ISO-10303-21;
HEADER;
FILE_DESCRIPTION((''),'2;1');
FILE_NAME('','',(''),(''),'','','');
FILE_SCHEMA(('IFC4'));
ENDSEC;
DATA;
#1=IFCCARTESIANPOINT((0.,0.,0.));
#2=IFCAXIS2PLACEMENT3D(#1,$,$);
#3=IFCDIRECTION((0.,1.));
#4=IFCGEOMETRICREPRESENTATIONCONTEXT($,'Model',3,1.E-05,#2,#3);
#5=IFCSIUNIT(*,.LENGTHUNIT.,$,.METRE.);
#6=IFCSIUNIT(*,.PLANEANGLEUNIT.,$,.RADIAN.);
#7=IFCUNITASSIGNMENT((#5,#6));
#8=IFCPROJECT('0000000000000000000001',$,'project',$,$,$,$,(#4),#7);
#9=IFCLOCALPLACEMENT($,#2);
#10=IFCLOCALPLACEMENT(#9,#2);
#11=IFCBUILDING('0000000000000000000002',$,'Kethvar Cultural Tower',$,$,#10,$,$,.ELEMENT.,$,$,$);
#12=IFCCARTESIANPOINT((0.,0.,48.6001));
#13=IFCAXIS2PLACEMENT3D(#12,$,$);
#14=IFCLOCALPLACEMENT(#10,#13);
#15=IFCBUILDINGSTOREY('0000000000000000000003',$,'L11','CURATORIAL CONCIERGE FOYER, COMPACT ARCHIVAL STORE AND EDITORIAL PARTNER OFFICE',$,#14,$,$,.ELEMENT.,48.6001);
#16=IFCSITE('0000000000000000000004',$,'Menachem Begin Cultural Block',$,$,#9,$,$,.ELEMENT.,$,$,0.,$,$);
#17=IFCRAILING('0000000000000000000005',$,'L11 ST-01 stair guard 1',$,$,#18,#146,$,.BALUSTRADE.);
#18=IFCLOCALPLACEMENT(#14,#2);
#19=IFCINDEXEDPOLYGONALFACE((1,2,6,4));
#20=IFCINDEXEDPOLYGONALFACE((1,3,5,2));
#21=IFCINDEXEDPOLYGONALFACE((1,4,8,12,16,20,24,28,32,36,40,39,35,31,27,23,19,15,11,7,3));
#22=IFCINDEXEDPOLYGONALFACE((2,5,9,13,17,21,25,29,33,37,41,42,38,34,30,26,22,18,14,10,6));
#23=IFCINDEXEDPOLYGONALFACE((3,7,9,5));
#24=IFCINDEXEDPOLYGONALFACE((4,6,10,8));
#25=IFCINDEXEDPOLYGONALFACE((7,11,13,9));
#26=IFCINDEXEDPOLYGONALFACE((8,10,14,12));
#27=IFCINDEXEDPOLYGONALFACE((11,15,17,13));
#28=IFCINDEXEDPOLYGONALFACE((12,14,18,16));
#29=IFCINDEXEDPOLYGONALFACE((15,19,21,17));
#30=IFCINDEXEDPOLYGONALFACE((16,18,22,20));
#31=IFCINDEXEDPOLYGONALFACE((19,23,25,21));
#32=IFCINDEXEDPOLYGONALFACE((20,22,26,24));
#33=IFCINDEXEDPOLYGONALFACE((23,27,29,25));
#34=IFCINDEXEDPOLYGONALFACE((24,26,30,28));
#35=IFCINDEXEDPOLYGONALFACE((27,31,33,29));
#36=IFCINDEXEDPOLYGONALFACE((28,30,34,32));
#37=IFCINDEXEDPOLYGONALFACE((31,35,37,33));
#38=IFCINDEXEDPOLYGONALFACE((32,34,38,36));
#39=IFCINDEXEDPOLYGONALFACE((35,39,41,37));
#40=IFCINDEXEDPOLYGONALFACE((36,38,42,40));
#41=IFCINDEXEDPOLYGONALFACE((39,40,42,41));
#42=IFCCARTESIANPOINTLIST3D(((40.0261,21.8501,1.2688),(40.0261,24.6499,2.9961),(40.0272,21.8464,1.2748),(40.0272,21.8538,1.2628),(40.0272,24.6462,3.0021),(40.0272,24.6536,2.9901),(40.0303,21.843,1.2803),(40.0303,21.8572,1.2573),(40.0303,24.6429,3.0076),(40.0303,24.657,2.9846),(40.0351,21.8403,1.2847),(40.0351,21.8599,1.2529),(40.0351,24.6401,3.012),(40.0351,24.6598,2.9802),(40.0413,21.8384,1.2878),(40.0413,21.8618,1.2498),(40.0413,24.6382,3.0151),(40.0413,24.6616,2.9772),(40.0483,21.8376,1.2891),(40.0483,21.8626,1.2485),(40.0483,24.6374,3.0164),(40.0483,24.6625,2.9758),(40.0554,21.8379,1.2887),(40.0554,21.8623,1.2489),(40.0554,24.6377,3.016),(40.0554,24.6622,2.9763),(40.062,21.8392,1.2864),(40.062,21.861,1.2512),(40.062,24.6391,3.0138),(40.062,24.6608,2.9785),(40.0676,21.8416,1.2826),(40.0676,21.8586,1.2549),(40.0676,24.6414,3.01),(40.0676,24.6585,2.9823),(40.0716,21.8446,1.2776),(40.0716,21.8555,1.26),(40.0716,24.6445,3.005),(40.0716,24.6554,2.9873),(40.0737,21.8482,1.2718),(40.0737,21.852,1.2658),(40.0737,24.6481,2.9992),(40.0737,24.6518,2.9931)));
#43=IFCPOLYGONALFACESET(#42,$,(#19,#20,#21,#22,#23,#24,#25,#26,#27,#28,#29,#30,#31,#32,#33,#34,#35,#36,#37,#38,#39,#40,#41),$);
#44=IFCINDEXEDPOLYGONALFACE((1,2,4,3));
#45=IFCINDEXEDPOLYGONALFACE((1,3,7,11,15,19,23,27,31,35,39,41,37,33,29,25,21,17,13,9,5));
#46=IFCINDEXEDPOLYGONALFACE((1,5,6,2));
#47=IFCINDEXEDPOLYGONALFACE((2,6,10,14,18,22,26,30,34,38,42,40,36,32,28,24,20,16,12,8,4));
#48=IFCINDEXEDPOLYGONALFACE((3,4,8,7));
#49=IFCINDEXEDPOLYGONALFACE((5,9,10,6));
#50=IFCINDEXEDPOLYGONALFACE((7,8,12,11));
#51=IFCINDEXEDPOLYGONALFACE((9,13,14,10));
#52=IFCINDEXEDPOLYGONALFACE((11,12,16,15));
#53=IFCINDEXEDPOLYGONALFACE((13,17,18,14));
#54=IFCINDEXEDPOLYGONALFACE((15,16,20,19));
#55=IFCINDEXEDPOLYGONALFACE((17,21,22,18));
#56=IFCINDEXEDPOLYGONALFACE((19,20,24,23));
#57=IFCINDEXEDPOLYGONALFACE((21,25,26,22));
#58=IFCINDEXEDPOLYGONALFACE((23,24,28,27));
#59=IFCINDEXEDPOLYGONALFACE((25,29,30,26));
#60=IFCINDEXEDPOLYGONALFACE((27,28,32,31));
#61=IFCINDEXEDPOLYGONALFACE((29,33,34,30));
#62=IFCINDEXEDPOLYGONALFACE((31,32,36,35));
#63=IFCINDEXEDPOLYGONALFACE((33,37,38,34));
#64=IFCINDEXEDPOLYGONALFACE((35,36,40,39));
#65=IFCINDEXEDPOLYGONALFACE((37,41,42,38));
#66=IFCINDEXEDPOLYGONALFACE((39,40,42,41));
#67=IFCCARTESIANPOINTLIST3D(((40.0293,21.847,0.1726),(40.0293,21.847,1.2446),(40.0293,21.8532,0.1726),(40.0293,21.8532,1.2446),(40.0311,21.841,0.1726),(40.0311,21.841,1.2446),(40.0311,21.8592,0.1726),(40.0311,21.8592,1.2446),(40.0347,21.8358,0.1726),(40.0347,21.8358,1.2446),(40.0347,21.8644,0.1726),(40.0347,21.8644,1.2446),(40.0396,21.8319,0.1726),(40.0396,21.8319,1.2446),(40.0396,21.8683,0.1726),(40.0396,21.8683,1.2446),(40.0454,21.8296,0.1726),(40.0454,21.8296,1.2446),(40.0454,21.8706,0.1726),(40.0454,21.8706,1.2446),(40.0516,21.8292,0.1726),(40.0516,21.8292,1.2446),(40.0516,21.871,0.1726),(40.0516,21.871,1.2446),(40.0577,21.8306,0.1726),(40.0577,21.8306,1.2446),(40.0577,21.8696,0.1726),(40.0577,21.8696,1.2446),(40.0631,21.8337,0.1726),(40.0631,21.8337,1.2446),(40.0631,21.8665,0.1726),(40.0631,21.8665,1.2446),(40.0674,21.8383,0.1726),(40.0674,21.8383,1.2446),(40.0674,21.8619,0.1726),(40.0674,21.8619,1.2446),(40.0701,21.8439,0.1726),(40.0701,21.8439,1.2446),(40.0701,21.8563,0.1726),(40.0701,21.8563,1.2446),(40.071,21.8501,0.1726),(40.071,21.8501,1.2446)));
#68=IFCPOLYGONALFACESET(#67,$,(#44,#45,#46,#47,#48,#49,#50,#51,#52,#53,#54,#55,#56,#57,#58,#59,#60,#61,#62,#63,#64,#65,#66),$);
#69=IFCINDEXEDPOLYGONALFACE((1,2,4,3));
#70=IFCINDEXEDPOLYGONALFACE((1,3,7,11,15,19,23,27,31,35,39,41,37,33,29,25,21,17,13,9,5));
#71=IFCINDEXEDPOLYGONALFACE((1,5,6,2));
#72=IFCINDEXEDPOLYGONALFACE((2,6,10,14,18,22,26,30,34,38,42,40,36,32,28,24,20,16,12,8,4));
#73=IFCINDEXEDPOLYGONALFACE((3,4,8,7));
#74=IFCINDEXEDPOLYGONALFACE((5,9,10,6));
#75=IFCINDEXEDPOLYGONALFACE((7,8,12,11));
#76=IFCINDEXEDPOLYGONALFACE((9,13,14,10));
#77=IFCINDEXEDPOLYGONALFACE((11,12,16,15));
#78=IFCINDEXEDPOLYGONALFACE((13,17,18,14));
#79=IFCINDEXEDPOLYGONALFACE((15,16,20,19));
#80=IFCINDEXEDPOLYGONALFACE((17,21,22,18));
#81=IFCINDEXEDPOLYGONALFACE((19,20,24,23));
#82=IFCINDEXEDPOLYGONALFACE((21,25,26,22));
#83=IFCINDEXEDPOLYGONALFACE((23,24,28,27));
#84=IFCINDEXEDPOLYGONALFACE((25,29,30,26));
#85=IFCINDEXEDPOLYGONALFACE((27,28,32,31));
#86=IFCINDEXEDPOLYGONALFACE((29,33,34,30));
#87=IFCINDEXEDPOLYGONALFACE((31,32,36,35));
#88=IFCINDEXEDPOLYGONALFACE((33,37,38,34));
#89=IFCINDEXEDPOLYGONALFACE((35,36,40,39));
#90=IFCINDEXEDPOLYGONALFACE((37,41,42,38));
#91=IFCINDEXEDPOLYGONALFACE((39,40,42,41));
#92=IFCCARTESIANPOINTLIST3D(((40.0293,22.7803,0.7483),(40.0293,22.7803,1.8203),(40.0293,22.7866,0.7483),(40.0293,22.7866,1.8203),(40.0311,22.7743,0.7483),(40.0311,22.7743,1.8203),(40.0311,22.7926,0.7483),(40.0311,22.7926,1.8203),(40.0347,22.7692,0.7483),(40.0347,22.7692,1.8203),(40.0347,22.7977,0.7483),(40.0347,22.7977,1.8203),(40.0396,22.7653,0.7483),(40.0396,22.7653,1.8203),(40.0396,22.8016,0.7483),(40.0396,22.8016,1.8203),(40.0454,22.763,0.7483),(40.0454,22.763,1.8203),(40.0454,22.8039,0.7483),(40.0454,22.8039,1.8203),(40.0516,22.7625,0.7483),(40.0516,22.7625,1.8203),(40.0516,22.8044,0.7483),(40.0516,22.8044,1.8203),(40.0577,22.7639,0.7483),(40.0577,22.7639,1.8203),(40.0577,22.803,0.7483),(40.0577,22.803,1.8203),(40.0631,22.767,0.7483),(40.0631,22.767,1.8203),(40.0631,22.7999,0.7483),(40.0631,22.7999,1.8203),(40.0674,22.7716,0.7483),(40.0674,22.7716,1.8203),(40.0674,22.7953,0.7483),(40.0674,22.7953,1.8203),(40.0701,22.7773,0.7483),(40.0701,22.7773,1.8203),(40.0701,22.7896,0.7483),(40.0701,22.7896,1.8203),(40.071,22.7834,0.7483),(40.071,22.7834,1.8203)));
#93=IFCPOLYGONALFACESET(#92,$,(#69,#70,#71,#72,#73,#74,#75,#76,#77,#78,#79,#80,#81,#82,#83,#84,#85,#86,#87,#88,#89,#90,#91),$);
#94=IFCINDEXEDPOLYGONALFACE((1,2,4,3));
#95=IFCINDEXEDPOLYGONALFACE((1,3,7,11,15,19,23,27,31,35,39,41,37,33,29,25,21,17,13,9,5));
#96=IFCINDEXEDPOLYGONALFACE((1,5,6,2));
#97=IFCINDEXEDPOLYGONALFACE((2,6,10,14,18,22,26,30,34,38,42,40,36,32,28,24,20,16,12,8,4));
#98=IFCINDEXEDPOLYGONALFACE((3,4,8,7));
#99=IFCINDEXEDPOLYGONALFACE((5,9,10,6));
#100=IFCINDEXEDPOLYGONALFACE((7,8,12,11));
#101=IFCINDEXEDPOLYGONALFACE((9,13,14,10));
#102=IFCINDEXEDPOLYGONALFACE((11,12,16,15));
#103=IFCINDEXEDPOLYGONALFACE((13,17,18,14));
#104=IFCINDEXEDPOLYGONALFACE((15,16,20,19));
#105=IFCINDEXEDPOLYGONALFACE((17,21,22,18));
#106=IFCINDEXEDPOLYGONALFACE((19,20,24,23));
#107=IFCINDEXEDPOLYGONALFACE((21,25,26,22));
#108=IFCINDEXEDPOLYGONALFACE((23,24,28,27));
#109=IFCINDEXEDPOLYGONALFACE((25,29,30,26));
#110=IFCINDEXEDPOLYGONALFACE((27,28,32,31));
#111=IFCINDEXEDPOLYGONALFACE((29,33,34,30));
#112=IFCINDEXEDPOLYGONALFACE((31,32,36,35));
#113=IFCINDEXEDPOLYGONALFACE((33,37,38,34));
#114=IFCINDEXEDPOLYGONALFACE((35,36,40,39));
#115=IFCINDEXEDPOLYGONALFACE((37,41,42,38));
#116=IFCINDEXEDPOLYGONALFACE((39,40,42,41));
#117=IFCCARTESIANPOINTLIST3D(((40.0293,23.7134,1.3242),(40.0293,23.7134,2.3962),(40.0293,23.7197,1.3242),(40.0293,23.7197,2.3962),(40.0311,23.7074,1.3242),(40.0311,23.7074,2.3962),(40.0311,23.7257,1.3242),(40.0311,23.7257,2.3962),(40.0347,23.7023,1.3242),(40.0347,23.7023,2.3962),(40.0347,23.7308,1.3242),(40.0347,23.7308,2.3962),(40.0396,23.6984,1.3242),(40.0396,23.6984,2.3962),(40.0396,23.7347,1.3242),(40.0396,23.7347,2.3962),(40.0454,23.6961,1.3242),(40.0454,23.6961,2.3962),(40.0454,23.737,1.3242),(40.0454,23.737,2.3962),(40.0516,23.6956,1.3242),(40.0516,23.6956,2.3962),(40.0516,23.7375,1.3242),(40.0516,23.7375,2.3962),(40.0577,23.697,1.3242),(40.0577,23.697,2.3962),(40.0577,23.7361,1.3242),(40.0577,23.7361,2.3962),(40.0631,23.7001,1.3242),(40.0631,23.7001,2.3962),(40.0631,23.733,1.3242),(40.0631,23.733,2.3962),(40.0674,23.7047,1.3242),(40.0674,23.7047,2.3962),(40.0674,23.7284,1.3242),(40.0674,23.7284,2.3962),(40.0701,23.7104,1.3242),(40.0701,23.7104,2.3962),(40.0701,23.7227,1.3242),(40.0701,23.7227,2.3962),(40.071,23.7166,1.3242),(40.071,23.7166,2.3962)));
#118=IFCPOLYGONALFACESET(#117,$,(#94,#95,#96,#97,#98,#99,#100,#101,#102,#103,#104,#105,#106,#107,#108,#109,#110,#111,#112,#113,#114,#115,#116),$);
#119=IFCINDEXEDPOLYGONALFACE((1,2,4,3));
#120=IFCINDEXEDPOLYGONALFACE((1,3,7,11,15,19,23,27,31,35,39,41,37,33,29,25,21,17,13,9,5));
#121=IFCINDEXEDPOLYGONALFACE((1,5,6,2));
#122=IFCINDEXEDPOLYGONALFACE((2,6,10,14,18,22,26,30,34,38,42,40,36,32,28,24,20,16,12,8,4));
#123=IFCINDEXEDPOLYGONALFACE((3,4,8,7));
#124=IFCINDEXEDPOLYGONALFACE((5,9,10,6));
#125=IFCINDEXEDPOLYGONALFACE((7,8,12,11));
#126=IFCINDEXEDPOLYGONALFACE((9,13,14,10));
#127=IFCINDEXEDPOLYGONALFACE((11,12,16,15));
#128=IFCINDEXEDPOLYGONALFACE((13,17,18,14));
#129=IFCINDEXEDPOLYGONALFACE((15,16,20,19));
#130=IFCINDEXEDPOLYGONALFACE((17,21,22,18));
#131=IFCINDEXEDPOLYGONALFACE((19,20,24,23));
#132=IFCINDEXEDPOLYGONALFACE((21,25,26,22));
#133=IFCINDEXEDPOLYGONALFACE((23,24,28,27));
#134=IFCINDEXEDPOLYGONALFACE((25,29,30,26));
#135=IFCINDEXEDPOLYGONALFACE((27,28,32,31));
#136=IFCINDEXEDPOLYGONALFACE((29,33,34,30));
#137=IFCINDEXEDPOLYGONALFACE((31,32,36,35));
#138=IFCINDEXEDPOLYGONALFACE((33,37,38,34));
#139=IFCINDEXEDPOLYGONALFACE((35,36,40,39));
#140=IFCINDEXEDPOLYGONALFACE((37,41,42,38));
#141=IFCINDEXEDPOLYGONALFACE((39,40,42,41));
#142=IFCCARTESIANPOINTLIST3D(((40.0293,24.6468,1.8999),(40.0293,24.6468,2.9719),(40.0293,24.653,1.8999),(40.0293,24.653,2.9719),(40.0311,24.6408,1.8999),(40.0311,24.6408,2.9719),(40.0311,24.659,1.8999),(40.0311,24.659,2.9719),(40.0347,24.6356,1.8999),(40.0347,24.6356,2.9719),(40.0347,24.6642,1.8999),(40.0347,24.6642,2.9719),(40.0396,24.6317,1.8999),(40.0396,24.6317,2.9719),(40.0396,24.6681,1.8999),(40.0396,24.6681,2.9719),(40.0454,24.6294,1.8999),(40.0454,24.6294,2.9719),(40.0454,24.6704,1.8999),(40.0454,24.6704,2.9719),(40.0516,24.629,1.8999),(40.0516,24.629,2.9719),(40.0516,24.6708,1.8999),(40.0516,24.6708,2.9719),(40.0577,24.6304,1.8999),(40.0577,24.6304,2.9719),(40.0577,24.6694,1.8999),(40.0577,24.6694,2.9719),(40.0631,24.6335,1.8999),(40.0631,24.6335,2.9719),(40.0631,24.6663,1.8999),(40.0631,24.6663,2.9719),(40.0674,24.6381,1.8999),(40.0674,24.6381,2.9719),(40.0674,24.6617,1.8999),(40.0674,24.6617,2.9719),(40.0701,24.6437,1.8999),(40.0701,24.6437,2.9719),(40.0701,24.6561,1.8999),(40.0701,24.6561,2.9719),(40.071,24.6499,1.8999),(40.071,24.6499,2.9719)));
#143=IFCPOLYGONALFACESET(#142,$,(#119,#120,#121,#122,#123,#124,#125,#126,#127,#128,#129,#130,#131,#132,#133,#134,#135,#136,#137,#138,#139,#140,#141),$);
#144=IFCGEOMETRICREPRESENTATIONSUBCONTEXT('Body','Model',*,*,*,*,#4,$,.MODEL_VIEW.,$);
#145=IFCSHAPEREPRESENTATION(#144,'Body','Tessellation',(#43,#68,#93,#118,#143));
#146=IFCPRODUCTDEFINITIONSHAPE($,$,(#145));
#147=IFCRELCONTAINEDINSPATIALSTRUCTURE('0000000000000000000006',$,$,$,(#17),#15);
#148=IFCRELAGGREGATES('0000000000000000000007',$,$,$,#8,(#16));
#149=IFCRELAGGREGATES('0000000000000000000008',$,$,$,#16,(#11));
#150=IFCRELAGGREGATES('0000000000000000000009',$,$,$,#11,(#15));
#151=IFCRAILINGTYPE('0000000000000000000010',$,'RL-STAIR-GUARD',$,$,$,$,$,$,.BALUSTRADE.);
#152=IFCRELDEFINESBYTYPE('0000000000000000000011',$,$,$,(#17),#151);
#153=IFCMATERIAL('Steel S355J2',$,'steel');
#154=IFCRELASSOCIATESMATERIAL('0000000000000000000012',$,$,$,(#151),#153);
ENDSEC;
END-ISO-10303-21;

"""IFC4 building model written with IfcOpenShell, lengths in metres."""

from ifc_helpers import new_model, si_unit, direction, frame, origin, origin_2d, place, context, subcontext, project, spatial, circle, extrude, material, type_object, element, save


model = new_model("IFC4")

# Units and contexts
model_context = context("Model", 3, precision=1e-05, world=origin(), true_north=direction((0.0, 1.0)))
body_context = subcontext(model_context, "Body", "Model", "MODEL_VIEW")
ifc_project = project(units=[si_unit("LENGTHUNIT", "METRE"), si_unit("PLANEANGLEUNIT", "RADIAN")], contexts=[model_context])

# Site, building, storey
site_placement = place(None, origin())
site = spatial("IfcSite", under=ifc_project, at=site_placement, Name="Menachem Begin Cultural Block", CompositionType="ELEMENT", RefElevation=0.0)
building_placement = place(site_placement, origin())
building = spatial("IfcBuilding", under=site, at=building_placement, Name="Kethvar Cultural Tower", CompositionType="ELEMENT")
storey_placement = place(building_placement, frame((0.0, 0.0, 48.6001)))
storey = spatial("IfcBuildingStorey", under=building, at=storey_placement, Name="L11", Description="CURATORIAL CONCIERGE FOYER, COMPACT ARCHIVAL STORE AND EDITORIAL PARTNER OFFICE", CompositionType="ELEMENT", Elevation=48.6001)

# Shared definitions
ifc_material_1 = material(Name="Steel S355J2", Category="steel")

# Railing
railing_type_1 = type_object("IfcRailingType", Name="RL-STAIR-GUARD", PredefinedType="BALUSTRADE", material=ifc_material_1)
railing_1_placement = place(storey_placement, frame((40.05, 21.8501, 0.1726)))
element("IfcRailing", 1, at=railing_1_placement, inside=storey, type_object=railing_type_1, Name="L11 ST-01 stair guard 1", PredefinedType="BALUSTRADE", context=body_context, shape_type="SweptSolid", body=[
    extrude(circle(Radius=0.0239, at=origin_2d()), frame((0.0, 0.0, 1.0962), z_axis=(0.0, 0.851069, 0.525054), x_axis=(-1.0, 0.0, 0.0)), (0.0, 0.0, 1.0), 3.2898),
    extrude(circle(Radius=0.021, at=origin_2d()), origin(), (0.0, 0.0, 1.0), 1.072),
    extrude(circle(Radius=0.021, at=origin_2d()), frame((0.0, 0.9333, 0.5757)), (0.0, 0.0, 1.0), 1.072),
    extrude(circle(Radius=0.021, at=origin_2d()), frame((0.0, 1.8665, 1.1516)), (0.0, 0.0, 1.0), 1.072),
    extrude(circle(Radius=0.021, at=origin_2d()), frame((0.0, 2.7998, 1.7273)), (0.0, 0.0, 1.0), 1.072),
])

save(model, "model.ifc")
